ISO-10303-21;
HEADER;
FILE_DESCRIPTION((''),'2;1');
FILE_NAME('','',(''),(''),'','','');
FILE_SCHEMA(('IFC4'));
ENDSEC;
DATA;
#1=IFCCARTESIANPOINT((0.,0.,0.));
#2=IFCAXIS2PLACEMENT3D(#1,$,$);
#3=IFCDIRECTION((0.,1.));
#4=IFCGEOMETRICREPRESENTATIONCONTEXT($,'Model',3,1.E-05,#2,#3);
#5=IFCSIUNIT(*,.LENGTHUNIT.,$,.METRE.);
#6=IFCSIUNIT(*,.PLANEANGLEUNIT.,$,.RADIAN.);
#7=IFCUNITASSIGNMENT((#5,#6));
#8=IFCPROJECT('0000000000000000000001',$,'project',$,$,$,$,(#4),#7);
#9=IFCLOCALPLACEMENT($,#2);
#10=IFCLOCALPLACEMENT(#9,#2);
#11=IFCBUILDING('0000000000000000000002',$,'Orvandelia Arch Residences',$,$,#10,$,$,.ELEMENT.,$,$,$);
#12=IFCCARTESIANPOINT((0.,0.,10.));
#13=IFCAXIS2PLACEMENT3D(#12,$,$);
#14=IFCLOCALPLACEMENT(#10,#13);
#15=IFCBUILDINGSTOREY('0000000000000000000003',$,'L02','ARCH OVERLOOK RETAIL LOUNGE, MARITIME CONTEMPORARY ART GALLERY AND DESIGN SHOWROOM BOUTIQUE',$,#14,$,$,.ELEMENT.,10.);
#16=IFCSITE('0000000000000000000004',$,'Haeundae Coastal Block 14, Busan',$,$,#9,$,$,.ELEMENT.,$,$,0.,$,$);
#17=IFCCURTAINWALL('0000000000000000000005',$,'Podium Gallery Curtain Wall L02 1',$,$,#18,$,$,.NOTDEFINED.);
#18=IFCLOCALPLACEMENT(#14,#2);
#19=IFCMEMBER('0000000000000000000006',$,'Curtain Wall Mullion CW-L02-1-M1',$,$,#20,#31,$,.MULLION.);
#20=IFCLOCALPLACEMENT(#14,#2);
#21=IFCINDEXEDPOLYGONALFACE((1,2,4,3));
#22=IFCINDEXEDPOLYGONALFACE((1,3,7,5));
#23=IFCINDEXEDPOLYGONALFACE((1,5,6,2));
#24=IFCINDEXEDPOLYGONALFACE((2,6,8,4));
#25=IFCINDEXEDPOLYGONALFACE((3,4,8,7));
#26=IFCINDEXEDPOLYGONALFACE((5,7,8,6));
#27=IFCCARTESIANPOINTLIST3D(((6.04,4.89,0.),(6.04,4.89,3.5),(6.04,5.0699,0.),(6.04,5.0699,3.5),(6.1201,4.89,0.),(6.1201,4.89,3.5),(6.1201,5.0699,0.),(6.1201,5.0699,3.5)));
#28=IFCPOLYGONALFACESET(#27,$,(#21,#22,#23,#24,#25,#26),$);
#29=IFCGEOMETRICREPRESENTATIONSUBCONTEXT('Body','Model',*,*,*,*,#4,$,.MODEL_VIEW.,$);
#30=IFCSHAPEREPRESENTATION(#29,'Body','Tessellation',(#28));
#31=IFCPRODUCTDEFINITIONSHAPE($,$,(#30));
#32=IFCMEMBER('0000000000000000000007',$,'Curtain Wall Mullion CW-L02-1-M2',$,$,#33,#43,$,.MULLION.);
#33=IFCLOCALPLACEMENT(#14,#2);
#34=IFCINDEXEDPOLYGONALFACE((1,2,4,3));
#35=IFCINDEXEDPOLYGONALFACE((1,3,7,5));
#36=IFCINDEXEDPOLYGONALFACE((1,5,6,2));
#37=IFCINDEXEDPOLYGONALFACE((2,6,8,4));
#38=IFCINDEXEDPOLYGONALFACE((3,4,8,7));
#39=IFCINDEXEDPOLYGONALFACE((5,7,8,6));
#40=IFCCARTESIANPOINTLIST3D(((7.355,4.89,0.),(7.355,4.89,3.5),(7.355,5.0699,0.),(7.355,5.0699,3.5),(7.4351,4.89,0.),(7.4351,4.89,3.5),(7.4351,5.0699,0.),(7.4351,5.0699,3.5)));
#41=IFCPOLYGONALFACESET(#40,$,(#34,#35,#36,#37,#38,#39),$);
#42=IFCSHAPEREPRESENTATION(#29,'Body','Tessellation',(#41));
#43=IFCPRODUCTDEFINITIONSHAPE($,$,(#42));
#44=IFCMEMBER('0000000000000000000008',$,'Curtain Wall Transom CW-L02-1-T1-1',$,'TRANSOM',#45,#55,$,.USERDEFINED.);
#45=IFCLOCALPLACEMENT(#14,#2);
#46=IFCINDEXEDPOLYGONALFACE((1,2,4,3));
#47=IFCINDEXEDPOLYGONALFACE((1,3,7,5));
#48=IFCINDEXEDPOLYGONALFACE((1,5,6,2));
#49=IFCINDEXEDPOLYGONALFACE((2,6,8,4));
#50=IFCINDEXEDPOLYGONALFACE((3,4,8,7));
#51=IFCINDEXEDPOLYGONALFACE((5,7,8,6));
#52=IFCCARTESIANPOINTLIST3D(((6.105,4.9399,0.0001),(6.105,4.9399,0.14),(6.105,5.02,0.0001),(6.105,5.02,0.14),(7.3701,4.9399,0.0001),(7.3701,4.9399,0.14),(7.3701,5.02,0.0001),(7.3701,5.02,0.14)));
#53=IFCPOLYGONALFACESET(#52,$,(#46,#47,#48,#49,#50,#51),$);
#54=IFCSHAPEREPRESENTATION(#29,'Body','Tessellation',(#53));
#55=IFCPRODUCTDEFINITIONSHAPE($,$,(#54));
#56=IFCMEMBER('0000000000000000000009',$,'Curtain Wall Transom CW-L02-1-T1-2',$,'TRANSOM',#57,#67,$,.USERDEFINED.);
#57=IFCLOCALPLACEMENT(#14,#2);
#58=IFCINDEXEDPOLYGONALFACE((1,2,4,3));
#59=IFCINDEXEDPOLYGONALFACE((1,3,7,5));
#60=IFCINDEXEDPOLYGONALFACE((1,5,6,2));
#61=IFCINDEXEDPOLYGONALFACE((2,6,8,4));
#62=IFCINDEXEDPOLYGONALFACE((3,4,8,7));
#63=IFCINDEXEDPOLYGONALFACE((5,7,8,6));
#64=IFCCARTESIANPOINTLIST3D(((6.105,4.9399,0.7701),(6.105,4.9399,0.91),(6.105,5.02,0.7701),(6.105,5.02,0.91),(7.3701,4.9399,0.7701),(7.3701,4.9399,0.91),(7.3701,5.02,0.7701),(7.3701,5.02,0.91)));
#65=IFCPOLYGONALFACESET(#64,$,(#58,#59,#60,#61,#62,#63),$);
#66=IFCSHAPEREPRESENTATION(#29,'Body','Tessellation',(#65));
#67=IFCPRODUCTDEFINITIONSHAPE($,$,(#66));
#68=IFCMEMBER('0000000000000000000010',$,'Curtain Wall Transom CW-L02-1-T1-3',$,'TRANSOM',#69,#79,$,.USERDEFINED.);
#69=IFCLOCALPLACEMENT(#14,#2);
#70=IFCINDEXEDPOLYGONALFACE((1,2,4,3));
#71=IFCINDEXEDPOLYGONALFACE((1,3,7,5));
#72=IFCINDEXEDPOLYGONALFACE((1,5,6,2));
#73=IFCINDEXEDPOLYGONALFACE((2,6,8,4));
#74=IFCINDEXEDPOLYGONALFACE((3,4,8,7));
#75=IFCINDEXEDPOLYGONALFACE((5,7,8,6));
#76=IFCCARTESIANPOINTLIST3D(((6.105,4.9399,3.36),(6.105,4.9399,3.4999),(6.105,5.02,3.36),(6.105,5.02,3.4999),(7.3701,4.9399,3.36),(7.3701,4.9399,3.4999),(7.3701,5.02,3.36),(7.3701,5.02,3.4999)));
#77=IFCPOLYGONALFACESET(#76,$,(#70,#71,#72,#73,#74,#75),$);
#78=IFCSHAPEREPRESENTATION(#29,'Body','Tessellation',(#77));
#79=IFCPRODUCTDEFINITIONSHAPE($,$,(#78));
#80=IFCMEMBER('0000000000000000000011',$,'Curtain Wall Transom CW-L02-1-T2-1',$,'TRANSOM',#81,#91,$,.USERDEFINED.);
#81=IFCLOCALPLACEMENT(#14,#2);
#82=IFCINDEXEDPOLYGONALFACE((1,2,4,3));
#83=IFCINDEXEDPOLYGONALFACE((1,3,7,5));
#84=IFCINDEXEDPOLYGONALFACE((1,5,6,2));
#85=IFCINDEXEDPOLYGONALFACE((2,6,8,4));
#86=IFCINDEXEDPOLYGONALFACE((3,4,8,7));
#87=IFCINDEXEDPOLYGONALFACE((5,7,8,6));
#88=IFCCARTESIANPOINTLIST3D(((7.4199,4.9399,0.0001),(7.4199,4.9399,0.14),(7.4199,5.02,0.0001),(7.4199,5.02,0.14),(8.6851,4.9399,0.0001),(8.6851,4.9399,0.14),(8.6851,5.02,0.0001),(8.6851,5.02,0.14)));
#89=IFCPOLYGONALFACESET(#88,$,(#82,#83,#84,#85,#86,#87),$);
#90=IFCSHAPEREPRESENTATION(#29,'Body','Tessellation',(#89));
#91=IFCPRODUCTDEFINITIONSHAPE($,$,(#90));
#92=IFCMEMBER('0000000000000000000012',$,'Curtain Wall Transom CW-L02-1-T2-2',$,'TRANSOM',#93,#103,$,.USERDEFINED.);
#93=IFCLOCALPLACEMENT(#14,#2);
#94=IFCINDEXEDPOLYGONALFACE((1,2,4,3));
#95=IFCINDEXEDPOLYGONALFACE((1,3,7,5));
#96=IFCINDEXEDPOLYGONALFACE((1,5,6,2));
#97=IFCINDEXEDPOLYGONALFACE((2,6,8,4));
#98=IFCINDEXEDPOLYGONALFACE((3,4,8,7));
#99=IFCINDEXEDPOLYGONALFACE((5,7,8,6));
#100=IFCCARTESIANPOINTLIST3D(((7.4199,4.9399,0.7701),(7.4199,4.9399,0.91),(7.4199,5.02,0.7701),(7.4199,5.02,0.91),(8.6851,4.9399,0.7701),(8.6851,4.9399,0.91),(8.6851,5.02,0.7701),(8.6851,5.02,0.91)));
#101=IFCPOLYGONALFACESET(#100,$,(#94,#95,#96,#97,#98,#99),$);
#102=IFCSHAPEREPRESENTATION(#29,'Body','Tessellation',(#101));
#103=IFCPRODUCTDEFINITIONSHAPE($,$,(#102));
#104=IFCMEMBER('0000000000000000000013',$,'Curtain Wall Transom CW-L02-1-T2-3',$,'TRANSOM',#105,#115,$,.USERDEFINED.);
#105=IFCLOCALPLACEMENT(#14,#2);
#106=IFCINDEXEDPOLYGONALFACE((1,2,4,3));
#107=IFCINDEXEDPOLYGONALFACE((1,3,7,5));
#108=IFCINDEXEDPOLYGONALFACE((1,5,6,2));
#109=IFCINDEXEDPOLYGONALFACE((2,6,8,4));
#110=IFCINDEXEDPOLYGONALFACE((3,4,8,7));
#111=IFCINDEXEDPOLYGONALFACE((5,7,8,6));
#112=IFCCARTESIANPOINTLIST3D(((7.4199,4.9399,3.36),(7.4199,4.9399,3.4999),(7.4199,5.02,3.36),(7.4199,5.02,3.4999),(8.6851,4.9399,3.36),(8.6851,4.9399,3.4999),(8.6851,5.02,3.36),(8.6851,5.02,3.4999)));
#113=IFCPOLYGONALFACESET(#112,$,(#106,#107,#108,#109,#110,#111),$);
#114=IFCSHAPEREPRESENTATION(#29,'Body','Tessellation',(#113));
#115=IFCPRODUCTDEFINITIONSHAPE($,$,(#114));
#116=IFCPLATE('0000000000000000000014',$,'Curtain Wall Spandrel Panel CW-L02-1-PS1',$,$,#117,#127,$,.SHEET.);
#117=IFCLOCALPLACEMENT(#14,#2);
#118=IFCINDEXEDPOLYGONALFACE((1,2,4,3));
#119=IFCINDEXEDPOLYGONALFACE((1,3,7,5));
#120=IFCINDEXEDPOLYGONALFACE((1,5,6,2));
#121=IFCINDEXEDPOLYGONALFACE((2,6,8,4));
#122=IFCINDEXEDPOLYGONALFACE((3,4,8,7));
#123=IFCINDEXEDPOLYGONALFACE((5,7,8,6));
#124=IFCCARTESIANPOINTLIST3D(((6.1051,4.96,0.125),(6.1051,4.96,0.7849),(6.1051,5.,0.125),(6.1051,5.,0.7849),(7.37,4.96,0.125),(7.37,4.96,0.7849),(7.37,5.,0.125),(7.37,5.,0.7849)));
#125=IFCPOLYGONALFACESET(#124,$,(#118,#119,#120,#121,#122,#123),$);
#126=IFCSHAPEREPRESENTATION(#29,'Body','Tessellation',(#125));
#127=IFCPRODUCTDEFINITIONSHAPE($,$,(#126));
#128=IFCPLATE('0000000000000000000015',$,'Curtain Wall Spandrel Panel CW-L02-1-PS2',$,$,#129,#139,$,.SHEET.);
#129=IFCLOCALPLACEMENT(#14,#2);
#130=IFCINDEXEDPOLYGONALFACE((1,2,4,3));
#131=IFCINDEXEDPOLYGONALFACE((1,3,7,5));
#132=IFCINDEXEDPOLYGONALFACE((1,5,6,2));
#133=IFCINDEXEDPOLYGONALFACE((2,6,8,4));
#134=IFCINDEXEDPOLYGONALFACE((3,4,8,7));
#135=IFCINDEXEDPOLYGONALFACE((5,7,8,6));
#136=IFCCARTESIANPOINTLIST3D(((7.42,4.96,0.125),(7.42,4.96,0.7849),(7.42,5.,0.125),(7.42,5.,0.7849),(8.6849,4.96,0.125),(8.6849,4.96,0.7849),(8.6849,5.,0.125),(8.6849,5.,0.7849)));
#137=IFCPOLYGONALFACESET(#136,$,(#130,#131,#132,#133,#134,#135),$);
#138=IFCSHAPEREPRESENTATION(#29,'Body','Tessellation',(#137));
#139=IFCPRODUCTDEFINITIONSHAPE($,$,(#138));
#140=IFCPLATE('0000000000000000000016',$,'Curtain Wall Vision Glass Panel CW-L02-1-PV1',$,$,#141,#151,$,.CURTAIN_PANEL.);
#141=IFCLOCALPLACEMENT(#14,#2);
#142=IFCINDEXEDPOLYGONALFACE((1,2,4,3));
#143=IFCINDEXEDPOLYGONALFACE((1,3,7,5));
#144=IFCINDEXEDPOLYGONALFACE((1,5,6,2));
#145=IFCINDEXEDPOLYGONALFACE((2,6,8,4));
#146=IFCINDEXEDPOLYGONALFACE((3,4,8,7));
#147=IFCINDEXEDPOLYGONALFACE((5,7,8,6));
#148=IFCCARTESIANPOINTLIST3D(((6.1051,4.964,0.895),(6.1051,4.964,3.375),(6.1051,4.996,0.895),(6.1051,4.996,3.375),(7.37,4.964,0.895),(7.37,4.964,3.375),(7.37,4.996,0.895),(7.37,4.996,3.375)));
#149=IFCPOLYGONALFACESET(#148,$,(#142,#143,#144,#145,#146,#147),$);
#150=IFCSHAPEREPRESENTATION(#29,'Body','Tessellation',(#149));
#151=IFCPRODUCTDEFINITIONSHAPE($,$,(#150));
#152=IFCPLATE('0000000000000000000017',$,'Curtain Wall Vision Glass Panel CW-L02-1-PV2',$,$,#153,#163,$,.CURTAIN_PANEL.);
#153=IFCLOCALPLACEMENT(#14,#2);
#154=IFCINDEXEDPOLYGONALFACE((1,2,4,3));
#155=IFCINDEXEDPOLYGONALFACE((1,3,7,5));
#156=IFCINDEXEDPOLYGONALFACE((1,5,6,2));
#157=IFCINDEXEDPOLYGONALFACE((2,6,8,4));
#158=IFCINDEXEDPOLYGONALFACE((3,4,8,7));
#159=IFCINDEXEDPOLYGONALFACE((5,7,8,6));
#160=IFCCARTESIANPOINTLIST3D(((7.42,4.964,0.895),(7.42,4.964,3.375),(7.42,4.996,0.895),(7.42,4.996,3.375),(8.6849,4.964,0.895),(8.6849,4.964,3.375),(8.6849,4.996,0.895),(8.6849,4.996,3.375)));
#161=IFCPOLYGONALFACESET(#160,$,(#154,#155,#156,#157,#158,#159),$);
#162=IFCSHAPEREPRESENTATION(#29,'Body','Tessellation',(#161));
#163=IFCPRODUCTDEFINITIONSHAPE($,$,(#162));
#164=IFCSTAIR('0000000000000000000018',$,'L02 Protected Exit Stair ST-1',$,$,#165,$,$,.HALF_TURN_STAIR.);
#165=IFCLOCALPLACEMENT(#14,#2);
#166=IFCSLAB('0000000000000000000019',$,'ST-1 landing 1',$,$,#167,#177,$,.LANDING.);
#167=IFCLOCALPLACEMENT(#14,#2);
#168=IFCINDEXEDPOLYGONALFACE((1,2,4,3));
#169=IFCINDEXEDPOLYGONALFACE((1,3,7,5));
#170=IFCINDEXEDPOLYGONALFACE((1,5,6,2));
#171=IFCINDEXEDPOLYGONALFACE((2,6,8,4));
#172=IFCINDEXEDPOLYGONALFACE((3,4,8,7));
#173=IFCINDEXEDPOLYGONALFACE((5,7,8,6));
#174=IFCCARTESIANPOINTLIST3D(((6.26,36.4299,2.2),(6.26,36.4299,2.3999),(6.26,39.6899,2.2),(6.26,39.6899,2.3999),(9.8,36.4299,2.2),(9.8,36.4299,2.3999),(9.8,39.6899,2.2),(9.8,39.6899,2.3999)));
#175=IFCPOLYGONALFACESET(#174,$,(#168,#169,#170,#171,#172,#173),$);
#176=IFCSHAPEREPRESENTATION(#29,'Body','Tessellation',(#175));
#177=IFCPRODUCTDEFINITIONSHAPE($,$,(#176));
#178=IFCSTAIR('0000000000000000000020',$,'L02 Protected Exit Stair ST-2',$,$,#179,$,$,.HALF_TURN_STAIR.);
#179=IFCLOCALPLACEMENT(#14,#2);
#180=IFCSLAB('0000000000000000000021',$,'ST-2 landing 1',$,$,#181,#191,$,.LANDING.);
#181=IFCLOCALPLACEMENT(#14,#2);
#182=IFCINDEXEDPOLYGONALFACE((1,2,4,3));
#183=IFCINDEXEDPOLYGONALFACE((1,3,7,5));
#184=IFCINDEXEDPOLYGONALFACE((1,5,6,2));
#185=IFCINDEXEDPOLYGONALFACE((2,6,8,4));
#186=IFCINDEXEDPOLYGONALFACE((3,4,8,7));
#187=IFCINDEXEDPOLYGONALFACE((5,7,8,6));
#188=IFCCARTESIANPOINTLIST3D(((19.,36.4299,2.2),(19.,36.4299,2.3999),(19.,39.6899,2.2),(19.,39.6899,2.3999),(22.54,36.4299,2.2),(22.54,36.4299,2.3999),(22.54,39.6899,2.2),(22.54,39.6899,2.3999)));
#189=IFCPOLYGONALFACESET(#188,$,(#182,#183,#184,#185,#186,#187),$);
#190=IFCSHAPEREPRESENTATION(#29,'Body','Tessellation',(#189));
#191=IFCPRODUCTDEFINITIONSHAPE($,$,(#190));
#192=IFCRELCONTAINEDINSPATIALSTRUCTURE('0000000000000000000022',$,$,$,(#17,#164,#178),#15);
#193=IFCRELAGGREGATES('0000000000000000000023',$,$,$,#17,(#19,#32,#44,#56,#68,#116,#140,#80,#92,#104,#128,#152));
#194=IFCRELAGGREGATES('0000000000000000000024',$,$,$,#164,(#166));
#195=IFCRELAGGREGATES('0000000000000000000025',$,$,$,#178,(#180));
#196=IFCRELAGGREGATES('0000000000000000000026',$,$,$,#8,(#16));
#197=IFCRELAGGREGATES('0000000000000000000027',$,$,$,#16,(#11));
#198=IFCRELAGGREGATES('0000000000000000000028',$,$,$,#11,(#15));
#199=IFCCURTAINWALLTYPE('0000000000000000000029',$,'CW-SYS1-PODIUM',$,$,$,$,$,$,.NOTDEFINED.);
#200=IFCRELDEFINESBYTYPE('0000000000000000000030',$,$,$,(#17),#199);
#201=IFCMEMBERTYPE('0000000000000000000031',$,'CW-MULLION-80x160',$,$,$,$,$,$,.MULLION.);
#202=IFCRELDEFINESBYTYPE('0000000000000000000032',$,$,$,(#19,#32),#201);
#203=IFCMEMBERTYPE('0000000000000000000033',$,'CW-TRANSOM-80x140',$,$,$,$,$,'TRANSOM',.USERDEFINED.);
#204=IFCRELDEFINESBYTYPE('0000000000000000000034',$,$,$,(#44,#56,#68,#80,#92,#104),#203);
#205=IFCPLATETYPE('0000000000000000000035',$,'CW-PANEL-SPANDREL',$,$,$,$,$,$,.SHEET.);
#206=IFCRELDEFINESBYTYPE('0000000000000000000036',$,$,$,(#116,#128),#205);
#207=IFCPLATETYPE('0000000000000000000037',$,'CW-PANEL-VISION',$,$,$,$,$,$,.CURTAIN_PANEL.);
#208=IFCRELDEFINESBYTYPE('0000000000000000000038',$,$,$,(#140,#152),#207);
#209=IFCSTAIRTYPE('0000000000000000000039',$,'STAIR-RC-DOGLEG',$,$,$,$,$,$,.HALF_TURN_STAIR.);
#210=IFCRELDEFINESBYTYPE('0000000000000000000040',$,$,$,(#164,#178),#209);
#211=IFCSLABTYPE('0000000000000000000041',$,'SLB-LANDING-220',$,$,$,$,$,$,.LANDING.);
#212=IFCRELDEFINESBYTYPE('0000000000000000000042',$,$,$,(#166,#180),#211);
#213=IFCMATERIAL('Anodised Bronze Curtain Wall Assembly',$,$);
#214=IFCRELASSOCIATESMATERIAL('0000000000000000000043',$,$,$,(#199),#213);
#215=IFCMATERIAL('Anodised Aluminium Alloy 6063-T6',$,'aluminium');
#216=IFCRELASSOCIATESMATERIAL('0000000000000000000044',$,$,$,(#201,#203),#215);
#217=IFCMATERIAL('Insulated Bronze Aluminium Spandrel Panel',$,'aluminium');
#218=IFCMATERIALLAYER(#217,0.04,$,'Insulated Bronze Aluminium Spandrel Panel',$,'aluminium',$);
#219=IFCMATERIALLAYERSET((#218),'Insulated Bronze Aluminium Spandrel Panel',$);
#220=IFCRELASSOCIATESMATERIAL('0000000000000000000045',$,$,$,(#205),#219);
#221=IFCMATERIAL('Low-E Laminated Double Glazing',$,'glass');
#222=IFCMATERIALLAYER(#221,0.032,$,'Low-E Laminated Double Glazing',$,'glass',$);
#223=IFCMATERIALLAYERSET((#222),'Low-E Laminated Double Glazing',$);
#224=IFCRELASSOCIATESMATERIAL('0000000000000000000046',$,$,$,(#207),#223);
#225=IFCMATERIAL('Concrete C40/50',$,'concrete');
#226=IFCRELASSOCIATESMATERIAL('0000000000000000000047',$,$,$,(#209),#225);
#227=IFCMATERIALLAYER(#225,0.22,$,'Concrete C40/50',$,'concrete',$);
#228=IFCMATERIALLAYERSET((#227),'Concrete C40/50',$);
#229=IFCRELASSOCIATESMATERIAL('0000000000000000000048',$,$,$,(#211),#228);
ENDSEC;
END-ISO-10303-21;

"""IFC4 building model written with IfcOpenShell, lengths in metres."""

from ifc_helpers import new_model, si_unit, direction, frame, origin, origin_2d, place, context, subcontext, project, spatial, polyline, rectangle, outline, extrude, material, layer, layer_set, material_profile, profile_set, type_object, element, aggregate, save


model = new_model("IFC4")

# Units and contexts
model_context = context("Model", 3, precision=1e-05, world=origin(), true_north=direction((0.0, 1.0)))
body_context = subcontext(model_context, "Body", "Model", "MODEL_VIEW")
ifc_project = project(units=[si_unit("LENGTHUNIT", "METRE"), si_unit("PLANEANGLEUNIT", "RADIAN")], contexts=[model_context])

# Site, building, storey
site_placement = place(None, origin())
site = spatial("IfcSite", under=ifc_project, at=site_placement, Name="Haeundae Coastal Block 14, Busan", CompositionType="ELEMENT", RefElevation=0.0)
building_placement = place(site_placement, origin())
building = spatial("IfcBuilding", under=site, at=building_placement, Name="Orvandelia Arch Residences", CompositionType="ELEMENT")
storey_placement = place(building_placement, frame((0.0, 0.0, 10.0)))
storey = spatial("IfcBuildingStorey", under=building, at=storey_placement, Name="L02", Description="ARCH OVERLOOK RETAIL LOUNGE, MARITIME CONTEMPORARY ART GALLERY AND DESIGN SHOWROOM BOUTIQUE", CompositionType="ELEMENT", Elevation=10.0)

# Curtain wall, members, plates
ifc_material_1 = material(Name="Anodised Bronze Curtain Wall Assembly")
curtain_wall_type = type_object("IfcCurtainWallType", Name="CW-SYS1-PODIUM", PredefinedType="NOTDEFINED", material=ifc_material_1)
curtain_wall_placement = place(storey_placement, origin())
curtain_wall = element("IfcCurtainWall", 1, at=curtain_wall_placement, inside=storey, type_object=curtain_wall_type, Name="Podium Gallery Curtain Wall L02 1", PredefinedType="NOTDEFINED")
ifc_material_2 = material(Name="Anodised Aluminium Alloy 6063-T6", Category="aluminium")
ifc_material_profile_1 = material_profile(ifc_material_2, rectangle(XDim=0.0801, YDim=0.1799, at=origin_2d()), Name="Anodised Aluminium Alloy 6063-T6", Category="aluminium")
ifc_profile_set_1 = profile_set([ifc_material_profile_1], Name="Anodised Aluminium Alloy 6063-T6")
member_type_1 = type_object("IfcMemberType", Name="CW-MULLION-80x160", PredefinedType="MULLION", material=ifc_profile_set_1)
member_1_placement = place(storey_placement, frame((6.0801, 4.98, 0.0), z_axis=(0.0, 0.0, 1.0), x_axis=(1.0, 0.0, 0.0)))
member_1 = element("IfcMember", 2, at=member_1_placement, type_object=member_type_1, Name="Curtain Wall Mullion CW-L02-1-M1", PredefinedType="MULLION", context=body_context, shape_type="SweptSolid", body=[
    extrude(rectangle(XDim=0.0801, YDim=0.1799, at=origin_2d()), origin(), (0.0, 0.0, 1.0), 3.5),
])
member_2_placement = place(storey_placement, frame((7.395, 4.98, 0.0), z_axis=(0.0, 0.0, 1.0), x_axis=(1.0, 0.0, 0.0)))
member_2 = element("IfcMember", 3, at=member_2_placement, type_object=member_type_1, Name="Curtain Wall Mullion CW-L02-1-M2", PredefinedType="MULLION", context=body_context, shape_type="SweptSolid", body=[
    extrude(rectangle(XDim=0.0801, YDim=0.1799, at=origin_2d()), origin(), (0.0, 0.0, 1.0), 3.5),
])
ifc_material_profile_2 = material_profile(ifc_material_2, rectangle(XDim=0.0801, YDim=0.1399, at=origin_2d()), Name="Anodised Aluminium Alloy 6063-T6", Category="aluminium")
ifc_profile_set_2 = profile_set([ifc_material_profile_2], Name="Anodised Aluminium Alloy 6063-T6")
member_type_2 = type_object("IfcMemberType", Name="CW-TRANSOM-80x140", ElementType="TRANSOM", PredefinedType="USERDEFINED", material=ifc_profile_set_2)
member_3_placement = place(storey_placement, frame((6.105, 4.98, 0.0701), z_axis=(1.0, 0.0, 0.0), x_axis=(0.0, 1.0, 0.0)))
member_3 = element("IfcMember", 4, at=member_3_placement, type_object=member_type_2, Name="Curtain Wall Transom CW-L02-1-T1-1", ObjectType="TRANSOM", PredefinedType="USERDEFINED", context=body_context, shape_type="SweptSolid", body=[
    extrude(rectangle(XDim=0.0801, YDim=0.1399, at=origin_2d()), origin(), (0.0, 0.0, 1.0), 1.2651),
])
member_4_placement = place(storey_placement, frame((6.105, 4.98, 0.8401), z_axis=(1.0, 0.0, 0.0), x_axis=(0.0, 1.0, 0.0)))
member_4 = element("IfcMember", 5, at=member_4_placement, type_object=member_type_2, Name="Curtain Wall Transom CW-L02-1-T1-2", ObjectType="TRANSOM", PredefinedType="USERDEFINED", context=body_context, shape_type="SweptSolid", body=[
    extrude(rectangle(XDim=0.0801, YDim=0.1399, at=origin_2d()), origin(), (0.0, 0.0, 1.0), 1.2651),
])
member_5_placement = place(storey_placement, frame((6.105, 4.98, 3.4299), z_axis=(1.0, 0.0, 0.0), x_axis=(0.0, 1.0, 0.0)))
member_5 = element("IfcMember", 6, at=member_5_placement, type_object=member_type_2, Name="Curtain Wall Transom CW-L02-1-T1-3", ObjectType="TRANSOM", PredefinedType="USERDEFINED", context=body_context, shape_type="SweptSolid", body=[
    extrude(rectangle(XDim=0.0801, YDim=0.1399, at=origin_2d()), origin(), (0.0, 0.0, 1.0), 1.2651),
])
member_6_placement = place(storey_placement, frame((7.4199, 4.98, 0.0701), z_axis=(1.0, 0.0, 0.0), x_axis=(0.0, 1.0, 0.0)))
member_6 = element("IfcMember", 7, at=member_6_placement, type_object=member_type_2, Name="Curtain Wall Transom CW-L02-1-T2-1", ObjectType="TRANSOM", PredefinedType="USERDEFINED", context=body_context, shape_type="SweptSolid", body=[
    extrude(rectangle(XDim=0.0801, YDim=0.1399, at=origin_2d()), origin(), (0.0, 0.0, 1.0), 1.2651),
])
member_7_placement = place(storey_placement, frame((7.4199, 4.98, 0.8401), z_axis=(1.0, 0.0, 0.0), x_axis=(0.0, 1.0, 0.0)))
member_7 = element("IfcMember", 8, at=member_7_placement, type_object=member_type_2, Name="Curtain Wall Transom CW-L02-1-T2-2", ObjectType="TRANSOM", PredefinedType="USERDEFINED", context=body_context, shape_type="SweptSolid", body=[
    extrude(rectangle(XDim=0.0801, YDim=0.1399, at=origin_2d()), origin(), (0.0, 0.0, 1.0), 1.2651),
])
member_8_placement = place(storey_placement, frame((7.4199, 4.98, 3.4299), z_axis=(1.0, 0.0, 0.0), x_axis=(0.0, 1.0, 0.0)))
member_8 = element("IfcMember", 9, at=member_8_placement, type_object=member_type_2, Name="Curtain Wall Transom CW-L02-1-T2-3", ObjectType="TRANSOM", PredefinedType="USERDEFINED", context=body_context, shape_type="SweptSolid", body=[
    extrude(rectangle(XDim=0.0801, YDim=0.1399, at=origin_2d()), origin(), (0.0, 0.0, 1.0), 1.2651),
])
ifc_material_3 = material(Name="Insulated Bronze Aluminium Spandrel Panel", Category="aluminium")
ifc_layer_1 = layer(ifc_material_3, 0.04, Name="Insulated Bronze Aluminium Spandrel Panel", Category="aluminium")
ifc_layer_set_1 = layer_set([ifc_layer_1], Name="Insulated Bronze Aluminium Spandrel Panel")
plate_type_1 = type_object("IfcPlateType", Name="CW-PANEL-SPANDREL", PredefinedType="SHEET", material=ifc_layer_set_1)
plate_1_placement = place(storey_placement, frame((6.7375, 4.98, 0.125), z_axis=(0.0, 0.0, 1.0), x_axis=(1.0, 0.0, 0.0)))
plate_1 = element("IfcPlate", 10, at=plate_1_placement, type_object=plate_type_1, Name="Curtain Wall Spandrel Panel CW-L02-1-PS1", PredefinedType="SHEET", context=body_context, shape_type="SweptSolid", body=[
    extrude(rectangle(XDim=1.2649, YDim=0.04, at=origin_2d()), origin(), (0.0, 0.0, 1.0), 0.6599),
])
plate_2_placement = place(storey_placement, frame((8.0525, 4.98, 0.125), z_axis=(0.0, 0.0, 1.0), x_axis=(1.0, 0.0, 0.0)))
plate_2 = element("IfcPlate", 11, at=plate_2_placement, type_object=plate_type_1, Name="Curtain Wall Spandrel Panel CW-L02-1-PS2", PredefinedType="SHEET", context=body_context, shape_type="SweptSolid", body=[
    extrude(rectangle(XDim=1.2649, YDim=0.04, at=origin_2d()), origin(), (0.0, 0.0, 1.0), 0.6599),
])
ifc_material_4 = material(Name="Low-E Laminated Double Glazing", Category="glass")
ifc_layer_2 = layer(ifc_material_4, 0.032, Name="Low-E Laminated Double Glazing", Category="glass")
ifc_layer_set_2 = layer_set([ifc_layer_2], Name="Low-E Laminated Double Glazing")
plate_type_2 = type_object("IfcPlateType", Name="CW-PANEL-VISION", PredefinedType="CURTAIN_PANEL", material=ifc_layer_set_2)
plate_3_placement = place(storey_placement, frame((6.7375, 4.98, 0.895), z_axis=(0.0, 0.0, 1.0), x_axis=(1.0, 0.0, 0.0)))
plate_3 = element("IfcPlate", 12, at=plate_3_placement, type_object=plate_type_2, Name="Curtain Wall Vision Glass Panel CW-L02-1-PV1", PredefinedType="CURTAIN_PANEL", context=body_context, shape_type="SweptSolid", body=[
    extrude(rectangle(XDim=1.2649, YDim=0.032, at=origin_2d()), origin(), (0.0, 0.0, 1.0), 2.48),
])
plate_4_placement = place(storey_placement, frame((8.0525, 4.98, 0.895), z_axis=(0.0, 0.0, 1.0), x_axis=(1.0, 0.0, 0.0)))
plate_4 = element("IfcPlate", 13, at=plate_4_placement, type_object=plate_type_2, Name="Curtain Wall Vision Glass Panel CW-L02-1-PV2", PredefinedType="CURTAIN_PANEL", context=body_context, shape_type="SweptSolid", body=[
    extrude(rectangle(XDim=1.2649, YDim=0.032, at=origin_2d()), origin(), (0.0, 0.0, 1.0), 2.48),
])
aggregate(curtain_wall, [member_1, member_2, member_3, member_4, member_5, plate_1, plate_3, member_6, member_7, member_8, plate_2, plate_4])

# Stairs, slabs
ifc_material_5 = material(Name="Concrete C40/50", Category="concrete")
stair_type = type_object("IfcStairType", Name="STAIR-RC-DOGLEG", PredefinedType="HALF_TURN_STAIR", material=ifc_material_5)
stair_1_placement = place(storey_placement, origin())
stair_1 = element("IfcStair", 14, at=stair_1_placement, inside=storey, type_object=stair_type, Name="L02 Protected Exit Stair ST-1", PredefinedType="HALF_TURN_STAIR")
ifc_layer_3 = layer(ifc_material_5, 0.22, Name="Concrete C40/50", Category="concrete")
ifc_layer_set_3 = layer_set([ifc_layer_3], Name="Concrete C40/50")
slab_type_1 = type_object("IfcSlabType", Name="SLB-LANDING-220", PredefinedType="LANDING", material=ifc_layer_set_3)
slab_1_placement = place(storey_placement, frame((0.0, 0.0, 2.2)))
slab_1 = element("IfcSlab", 15, at=slab_1_placement, type_object=slab_type_1, Name="ST-1 landing 1", PredefinedType="LANDING", context=body_context, shape_type="SweptSolid", body=[
    extrude(outline(polyline([(9.8, 36.4299), (9.8, 39.6899), (6.26, 39.6899), (6.26, 36.4299), (9.8, 36.4299)])), origin(), (0.0, 0.0, 1.0), 0.2),
])
aggregate(stair_1, [slab_1])
stair_2_placement = place(storey_placement, origin())
stair_2 = element("IfcStair", 16, at=stair_2_placement, inside=storey, type_object=stair_type, Name="L02 Protected Exit Stair ST-2", PredefinedType="HALF_TURN_STAIR")
slab_2_placement = place(storey_placement, frame((0.0, 0.0, 2.2)))
slab_2 = element("IfcSlab", 17, at=slab_2_placement, type_object=slab_type_1, Name="ST-2 landing 1", PredefinedType="LANDING", context=body_context, shape_type="SweptSolid", body=[
    extrude(outline(polyline([(22.54, 36.4299), (22.54, 39.6899), (19.0, 39.6899), (19.0, 36.4299), (22.54, 36.4299)])), origin(), (0.0, 0.0, 1.0), 0.2),
])
aggregate(stair_2, [slab_2])

save(model, "model.ifc")
